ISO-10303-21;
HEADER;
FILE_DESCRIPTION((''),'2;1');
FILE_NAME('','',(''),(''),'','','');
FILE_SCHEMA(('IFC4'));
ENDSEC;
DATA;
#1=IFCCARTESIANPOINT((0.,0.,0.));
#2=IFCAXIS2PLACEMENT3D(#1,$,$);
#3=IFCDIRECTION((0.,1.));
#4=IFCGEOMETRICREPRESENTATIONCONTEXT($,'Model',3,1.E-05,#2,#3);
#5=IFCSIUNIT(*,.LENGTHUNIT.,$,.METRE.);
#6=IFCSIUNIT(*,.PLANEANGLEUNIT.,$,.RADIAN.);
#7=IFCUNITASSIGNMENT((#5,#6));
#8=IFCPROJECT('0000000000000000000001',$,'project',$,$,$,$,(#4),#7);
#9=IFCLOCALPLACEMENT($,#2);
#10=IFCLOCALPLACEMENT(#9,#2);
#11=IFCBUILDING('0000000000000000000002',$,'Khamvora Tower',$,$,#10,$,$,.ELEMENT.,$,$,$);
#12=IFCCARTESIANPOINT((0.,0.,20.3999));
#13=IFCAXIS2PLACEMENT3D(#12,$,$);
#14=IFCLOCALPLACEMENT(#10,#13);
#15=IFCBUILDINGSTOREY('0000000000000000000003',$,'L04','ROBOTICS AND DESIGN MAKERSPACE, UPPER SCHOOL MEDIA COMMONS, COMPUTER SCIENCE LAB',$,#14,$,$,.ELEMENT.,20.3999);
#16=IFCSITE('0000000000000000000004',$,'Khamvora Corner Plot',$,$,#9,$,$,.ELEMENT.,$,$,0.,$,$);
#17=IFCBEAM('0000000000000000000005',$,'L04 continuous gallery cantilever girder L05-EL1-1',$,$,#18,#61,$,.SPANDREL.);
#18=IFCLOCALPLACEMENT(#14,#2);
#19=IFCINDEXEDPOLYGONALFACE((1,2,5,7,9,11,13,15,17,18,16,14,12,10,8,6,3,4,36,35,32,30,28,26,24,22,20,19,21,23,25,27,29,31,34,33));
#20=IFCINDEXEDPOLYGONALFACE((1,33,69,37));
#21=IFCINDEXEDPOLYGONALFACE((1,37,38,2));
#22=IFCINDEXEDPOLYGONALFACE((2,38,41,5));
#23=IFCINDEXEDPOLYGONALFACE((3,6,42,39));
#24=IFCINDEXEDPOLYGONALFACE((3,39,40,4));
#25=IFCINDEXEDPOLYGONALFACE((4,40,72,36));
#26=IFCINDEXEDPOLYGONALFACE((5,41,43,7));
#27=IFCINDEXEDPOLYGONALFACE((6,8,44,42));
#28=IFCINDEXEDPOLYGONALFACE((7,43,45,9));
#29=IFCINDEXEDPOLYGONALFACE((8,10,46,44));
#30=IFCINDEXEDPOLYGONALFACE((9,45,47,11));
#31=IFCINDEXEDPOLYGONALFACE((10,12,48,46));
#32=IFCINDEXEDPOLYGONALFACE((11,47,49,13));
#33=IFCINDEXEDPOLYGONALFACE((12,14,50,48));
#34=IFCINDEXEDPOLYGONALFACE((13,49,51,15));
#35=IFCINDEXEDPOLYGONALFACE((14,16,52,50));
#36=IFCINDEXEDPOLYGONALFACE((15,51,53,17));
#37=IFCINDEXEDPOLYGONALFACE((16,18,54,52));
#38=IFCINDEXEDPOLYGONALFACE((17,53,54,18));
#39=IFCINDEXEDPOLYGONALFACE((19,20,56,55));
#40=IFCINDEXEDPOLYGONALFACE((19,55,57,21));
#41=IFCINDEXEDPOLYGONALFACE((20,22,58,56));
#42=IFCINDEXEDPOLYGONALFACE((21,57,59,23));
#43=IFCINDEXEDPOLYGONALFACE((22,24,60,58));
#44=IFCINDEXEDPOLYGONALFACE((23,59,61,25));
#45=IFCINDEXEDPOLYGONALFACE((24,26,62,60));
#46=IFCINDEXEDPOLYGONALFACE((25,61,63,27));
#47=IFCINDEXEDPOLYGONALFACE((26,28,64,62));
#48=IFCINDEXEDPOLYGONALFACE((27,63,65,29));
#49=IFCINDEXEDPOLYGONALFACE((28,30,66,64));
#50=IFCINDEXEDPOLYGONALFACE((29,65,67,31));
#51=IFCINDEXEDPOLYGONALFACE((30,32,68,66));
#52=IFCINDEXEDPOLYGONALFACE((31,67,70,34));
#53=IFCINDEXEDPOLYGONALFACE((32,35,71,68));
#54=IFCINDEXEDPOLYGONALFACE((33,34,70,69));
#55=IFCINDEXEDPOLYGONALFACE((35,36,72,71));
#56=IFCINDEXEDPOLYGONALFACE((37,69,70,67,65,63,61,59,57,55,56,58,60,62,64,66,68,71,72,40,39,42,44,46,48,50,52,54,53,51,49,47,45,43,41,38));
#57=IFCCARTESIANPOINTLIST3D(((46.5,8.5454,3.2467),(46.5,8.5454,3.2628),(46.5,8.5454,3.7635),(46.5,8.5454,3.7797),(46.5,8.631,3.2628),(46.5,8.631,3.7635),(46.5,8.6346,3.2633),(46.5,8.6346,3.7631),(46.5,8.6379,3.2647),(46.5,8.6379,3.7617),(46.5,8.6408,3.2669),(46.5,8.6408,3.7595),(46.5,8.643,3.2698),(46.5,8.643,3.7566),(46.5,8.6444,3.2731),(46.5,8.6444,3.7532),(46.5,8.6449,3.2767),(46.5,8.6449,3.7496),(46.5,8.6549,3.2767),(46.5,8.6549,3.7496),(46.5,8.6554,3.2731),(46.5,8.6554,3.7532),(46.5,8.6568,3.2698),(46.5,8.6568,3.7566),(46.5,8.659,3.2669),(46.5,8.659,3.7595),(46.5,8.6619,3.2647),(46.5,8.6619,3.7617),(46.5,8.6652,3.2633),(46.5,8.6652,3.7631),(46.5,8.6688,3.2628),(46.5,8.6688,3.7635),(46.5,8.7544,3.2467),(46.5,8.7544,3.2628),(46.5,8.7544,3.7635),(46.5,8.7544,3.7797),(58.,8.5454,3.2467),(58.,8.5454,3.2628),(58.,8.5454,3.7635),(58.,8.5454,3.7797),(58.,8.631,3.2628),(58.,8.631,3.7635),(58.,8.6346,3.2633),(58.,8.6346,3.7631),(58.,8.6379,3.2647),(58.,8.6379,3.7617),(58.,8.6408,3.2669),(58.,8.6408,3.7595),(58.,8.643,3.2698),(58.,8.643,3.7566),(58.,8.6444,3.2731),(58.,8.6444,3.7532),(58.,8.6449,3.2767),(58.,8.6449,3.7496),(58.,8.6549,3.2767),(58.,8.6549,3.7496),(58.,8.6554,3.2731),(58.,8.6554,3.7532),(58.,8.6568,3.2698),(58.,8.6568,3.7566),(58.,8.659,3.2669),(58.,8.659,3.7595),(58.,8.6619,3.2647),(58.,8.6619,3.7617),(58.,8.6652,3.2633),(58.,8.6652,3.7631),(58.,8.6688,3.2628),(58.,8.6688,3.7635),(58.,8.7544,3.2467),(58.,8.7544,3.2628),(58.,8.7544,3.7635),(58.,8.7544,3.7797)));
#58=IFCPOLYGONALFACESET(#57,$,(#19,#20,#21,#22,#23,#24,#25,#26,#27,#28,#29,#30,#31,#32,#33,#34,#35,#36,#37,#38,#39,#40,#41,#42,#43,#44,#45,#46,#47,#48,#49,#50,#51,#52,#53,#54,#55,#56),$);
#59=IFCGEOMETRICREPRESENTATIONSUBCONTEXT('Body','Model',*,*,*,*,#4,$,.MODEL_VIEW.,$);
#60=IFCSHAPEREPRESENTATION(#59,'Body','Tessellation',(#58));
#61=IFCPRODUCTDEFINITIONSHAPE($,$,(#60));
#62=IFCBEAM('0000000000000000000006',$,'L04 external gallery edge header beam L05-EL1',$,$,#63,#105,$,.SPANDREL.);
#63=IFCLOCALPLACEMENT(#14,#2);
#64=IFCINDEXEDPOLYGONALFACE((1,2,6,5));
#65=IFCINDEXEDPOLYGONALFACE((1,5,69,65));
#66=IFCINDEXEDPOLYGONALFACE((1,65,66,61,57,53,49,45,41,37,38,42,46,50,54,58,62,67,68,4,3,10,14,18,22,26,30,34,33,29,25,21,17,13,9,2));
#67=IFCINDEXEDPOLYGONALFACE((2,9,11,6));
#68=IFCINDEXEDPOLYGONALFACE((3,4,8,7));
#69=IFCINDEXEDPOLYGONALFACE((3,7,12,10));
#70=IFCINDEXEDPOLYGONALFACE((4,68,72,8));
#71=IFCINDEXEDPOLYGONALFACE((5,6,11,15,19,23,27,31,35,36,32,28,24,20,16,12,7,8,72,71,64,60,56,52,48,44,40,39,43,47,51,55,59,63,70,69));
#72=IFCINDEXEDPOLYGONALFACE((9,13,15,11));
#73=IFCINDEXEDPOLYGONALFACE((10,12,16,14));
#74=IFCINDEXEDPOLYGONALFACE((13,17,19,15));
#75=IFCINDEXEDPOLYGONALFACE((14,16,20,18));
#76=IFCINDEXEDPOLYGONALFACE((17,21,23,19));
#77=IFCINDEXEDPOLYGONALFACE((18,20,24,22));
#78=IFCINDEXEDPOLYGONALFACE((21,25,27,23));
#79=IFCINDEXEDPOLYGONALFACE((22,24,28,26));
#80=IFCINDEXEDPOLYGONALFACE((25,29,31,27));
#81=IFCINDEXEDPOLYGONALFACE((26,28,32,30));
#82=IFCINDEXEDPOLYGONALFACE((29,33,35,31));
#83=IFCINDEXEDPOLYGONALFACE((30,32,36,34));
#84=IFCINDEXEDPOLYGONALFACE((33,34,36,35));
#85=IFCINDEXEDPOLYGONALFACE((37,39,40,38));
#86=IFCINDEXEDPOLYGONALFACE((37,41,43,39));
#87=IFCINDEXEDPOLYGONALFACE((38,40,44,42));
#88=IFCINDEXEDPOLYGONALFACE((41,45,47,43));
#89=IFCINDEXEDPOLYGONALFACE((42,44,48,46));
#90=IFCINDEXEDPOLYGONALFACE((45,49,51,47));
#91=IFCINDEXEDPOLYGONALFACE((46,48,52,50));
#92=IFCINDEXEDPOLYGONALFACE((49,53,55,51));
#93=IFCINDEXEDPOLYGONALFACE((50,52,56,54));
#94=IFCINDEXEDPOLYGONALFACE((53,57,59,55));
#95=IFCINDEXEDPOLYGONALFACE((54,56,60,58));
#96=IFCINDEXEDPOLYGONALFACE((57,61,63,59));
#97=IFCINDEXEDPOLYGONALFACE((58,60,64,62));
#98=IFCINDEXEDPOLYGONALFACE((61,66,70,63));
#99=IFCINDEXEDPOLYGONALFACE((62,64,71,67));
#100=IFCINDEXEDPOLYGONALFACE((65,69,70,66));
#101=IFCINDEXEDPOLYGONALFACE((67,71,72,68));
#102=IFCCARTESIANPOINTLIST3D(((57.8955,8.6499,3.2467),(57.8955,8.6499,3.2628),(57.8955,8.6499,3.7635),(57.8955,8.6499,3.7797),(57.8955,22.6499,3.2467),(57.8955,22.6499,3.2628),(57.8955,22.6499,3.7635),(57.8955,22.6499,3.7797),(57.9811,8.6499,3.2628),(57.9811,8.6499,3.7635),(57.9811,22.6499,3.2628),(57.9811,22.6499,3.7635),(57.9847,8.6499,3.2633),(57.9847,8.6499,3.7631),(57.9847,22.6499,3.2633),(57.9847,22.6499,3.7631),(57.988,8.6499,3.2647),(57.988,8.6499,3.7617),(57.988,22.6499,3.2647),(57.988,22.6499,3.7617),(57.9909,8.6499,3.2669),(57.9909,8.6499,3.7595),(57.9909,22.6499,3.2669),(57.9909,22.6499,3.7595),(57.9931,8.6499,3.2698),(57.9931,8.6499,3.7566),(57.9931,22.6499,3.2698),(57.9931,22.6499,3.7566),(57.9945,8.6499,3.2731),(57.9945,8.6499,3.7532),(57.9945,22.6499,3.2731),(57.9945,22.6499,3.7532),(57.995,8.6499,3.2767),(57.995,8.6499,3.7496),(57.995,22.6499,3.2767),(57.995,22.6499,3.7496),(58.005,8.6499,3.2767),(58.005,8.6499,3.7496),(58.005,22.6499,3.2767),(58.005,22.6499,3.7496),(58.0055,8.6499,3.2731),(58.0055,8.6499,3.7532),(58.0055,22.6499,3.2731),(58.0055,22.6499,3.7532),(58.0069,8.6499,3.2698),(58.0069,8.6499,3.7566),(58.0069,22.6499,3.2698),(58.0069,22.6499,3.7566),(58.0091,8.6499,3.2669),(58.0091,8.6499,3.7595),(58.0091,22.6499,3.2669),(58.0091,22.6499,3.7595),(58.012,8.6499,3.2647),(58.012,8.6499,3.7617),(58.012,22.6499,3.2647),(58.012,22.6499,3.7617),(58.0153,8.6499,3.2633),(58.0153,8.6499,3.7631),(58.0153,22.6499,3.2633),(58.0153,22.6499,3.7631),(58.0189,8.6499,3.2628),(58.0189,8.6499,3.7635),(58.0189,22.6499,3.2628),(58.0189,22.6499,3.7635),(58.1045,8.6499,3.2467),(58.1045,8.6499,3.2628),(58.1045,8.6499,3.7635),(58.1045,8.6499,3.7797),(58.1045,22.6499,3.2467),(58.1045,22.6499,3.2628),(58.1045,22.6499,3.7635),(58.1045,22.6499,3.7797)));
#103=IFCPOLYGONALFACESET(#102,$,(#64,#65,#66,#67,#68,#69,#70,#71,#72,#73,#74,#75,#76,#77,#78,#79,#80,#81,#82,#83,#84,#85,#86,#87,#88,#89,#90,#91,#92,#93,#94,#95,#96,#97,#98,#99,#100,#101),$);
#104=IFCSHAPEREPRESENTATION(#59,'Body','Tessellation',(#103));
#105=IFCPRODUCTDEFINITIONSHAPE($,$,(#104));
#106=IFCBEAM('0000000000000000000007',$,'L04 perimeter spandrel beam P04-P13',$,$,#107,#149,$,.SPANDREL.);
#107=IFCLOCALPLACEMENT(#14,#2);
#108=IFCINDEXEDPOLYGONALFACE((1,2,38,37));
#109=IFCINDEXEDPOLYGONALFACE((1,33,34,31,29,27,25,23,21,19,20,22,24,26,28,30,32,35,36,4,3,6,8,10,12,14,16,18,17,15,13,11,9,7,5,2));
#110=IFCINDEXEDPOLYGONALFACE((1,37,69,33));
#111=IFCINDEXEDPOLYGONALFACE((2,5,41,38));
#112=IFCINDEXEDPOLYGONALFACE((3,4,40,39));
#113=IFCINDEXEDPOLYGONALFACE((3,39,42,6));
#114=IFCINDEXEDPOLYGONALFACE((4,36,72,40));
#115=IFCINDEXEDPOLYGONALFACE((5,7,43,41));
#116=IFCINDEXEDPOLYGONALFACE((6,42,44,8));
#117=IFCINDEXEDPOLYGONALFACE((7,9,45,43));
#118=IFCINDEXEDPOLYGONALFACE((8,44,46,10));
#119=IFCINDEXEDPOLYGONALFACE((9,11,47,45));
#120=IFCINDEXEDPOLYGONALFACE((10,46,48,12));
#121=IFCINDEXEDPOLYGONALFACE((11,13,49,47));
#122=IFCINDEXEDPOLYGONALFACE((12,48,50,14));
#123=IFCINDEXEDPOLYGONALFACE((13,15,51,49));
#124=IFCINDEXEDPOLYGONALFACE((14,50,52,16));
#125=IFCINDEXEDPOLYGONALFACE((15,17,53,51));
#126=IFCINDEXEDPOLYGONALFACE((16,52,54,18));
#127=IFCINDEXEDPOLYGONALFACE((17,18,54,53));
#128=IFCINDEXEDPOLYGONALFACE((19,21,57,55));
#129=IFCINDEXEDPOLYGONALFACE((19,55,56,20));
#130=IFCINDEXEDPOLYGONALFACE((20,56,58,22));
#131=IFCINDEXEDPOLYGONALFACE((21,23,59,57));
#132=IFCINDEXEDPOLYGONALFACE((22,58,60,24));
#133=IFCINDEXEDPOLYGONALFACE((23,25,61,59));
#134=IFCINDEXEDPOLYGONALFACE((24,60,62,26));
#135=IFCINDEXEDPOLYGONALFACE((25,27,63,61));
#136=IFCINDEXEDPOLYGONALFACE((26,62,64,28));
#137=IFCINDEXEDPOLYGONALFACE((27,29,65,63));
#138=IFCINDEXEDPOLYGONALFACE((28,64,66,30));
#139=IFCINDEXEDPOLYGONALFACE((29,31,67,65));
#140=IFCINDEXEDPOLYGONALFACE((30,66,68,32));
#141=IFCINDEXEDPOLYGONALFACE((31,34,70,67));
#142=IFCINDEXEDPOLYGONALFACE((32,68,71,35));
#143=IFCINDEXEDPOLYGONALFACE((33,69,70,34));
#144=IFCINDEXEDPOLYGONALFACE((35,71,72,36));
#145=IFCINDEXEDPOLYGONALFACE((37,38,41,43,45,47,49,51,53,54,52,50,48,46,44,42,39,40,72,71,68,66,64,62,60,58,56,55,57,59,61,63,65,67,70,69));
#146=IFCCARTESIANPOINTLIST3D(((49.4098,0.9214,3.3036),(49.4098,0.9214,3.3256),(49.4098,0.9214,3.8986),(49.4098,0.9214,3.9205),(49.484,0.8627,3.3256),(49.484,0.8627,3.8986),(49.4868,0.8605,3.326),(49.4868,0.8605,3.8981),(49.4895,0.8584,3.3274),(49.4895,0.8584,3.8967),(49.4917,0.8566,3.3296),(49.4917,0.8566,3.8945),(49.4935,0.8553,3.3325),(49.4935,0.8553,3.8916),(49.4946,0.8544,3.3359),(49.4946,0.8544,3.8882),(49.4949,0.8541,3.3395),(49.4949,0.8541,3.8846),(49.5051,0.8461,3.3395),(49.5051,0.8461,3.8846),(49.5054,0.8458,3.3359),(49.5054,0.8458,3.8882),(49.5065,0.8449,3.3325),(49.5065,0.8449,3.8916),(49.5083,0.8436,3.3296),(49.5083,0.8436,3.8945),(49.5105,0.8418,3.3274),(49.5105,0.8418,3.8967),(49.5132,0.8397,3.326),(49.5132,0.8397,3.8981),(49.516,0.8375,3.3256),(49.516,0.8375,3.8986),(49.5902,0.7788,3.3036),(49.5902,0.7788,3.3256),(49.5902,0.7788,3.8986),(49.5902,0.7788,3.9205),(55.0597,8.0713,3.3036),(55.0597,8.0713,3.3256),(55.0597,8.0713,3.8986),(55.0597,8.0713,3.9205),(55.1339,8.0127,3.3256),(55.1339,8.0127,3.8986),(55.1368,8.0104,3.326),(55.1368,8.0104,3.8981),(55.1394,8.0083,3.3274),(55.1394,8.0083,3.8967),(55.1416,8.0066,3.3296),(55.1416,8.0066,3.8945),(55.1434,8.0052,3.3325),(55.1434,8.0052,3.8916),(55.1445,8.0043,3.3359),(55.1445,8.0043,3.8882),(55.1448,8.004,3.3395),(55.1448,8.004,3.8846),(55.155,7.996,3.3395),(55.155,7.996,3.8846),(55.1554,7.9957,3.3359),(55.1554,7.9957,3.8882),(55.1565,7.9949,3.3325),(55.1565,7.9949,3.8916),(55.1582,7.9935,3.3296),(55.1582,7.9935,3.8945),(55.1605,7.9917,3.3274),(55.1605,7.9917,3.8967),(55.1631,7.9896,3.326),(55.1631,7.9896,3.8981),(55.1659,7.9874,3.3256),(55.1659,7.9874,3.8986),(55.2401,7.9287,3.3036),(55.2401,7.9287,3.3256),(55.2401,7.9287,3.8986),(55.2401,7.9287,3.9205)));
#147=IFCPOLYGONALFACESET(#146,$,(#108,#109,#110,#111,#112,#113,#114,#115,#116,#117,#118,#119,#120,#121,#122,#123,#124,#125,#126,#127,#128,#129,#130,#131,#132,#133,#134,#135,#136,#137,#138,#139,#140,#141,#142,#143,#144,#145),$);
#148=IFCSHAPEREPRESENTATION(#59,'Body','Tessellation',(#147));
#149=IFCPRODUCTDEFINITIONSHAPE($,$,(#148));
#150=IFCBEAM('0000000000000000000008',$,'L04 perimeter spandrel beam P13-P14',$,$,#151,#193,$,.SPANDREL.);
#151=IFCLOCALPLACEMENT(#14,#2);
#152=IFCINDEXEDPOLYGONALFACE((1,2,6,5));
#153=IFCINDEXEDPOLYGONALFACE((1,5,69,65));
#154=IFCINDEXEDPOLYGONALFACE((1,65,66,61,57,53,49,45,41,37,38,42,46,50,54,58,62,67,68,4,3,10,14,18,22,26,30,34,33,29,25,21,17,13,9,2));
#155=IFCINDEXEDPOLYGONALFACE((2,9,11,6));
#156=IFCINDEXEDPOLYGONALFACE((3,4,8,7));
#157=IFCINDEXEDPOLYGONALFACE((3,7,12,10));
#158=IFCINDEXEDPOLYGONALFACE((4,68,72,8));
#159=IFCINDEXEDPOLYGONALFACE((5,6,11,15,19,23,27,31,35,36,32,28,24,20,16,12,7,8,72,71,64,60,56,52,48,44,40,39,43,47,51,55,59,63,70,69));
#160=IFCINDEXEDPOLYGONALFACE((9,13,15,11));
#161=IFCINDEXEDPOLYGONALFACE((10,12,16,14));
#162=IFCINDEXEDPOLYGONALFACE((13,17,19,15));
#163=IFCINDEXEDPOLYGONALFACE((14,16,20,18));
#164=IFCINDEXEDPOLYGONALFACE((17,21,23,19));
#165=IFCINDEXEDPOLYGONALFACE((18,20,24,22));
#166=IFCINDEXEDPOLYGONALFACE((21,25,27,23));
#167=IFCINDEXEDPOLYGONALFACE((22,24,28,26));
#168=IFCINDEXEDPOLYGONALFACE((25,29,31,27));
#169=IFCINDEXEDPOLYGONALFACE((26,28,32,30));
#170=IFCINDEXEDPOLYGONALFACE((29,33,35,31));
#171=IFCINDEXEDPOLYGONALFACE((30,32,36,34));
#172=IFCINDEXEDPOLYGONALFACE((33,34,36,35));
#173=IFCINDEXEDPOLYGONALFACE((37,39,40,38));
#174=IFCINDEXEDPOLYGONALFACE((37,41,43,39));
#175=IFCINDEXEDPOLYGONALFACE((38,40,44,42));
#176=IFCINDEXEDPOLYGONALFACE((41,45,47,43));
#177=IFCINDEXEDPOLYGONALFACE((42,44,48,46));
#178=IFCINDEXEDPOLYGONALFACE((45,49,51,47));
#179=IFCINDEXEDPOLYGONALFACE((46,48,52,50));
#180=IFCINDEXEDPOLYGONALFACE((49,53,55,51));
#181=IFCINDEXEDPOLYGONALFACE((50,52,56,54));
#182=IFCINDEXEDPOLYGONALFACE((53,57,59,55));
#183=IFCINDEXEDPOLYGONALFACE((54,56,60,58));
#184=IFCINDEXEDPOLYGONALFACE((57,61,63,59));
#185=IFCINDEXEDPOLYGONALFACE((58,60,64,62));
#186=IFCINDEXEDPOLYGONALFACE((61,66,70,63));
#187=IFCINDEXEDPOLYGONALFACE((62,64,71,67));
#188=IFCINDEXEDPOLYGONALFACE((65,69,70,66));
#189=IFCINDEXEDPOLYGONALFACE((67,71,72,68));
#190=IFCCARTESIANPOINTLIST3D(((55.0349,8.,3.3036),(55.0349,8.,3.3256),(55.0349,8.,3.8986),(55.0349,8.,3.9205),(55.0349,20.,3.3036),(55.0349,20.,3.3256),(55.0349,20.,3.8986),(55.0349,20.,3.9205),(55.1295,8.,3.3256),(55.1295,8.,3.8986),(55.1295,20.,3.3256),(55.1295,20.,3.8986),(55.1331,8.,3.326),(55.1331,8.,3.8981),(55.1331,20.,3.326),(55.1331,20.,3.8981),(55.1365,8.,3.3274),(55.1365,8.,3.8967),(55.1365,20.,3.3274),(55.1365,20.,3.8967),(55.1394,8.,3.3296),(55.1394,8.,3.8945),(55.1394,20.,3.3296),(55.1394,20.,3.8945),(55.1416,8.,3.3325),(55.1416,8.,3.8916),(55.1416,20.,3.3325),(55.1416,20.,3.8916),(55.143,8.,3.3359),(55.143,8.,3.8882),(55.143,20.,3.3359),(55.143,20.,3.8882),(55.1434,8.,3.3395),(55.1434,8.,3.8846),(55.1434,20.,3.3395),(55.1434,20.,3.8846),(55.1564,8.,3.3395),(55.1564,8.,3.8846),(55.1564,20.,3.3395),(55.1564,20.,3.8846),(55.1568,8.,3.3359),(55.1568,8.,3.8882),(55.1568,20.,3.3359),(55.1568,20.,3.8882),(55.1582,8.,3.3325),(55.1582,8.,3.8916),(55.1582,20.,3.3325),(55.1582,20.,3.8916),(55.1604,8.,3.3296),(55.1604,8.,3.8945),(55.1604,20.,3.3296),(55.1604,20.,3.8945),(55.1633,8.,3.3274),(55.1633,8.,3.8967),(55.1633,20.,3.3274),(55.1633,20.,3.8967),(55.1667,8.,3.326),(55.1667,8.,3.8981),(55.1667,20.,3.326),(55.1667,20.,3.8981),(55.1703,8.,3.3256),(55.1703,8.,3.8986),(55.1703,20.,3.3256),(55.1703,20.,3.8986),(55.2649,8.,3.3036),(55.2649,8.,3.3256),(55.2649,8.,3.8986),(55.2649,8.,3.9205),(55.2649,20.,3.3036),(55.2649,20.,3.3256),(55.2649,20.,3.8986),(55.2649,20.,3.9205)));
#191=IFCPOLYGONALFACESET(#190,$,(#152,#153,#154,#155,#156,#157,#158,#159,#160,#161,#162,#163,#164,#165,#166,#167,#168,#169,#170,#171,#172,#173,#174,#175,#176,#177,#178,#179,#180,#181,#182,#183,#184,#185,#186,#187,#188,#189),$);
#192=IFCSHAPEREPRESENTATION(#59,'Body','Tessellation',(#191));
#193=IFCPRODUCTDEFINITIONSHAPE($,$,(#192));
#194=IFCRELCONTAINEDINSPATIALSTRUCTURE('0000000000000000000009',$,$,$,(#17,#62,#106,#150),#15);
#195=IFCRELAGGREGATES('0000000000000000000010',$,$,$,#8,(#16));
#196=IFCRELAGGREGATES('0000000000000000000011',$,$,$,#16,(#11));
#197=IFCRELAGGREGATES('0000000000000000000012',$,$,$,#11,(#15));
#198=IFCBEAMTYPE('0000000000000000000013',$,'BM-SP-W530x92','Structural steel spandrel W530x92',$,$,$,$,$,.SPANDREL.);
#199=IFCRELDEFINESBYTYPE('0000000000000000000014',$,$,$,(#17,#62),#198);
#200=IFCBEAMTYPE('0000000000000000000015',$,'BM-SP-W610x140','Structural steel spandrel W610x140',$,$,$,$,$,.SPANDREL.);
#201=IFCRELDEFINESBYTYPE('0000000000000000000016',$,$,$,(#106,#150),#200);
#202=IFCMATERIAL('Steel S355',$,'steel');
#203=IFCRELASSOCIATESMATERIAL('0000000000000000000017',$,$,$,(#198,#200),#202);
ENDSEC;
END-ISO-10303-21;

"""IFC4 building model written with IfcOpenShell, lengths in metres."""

from ifc_helpers import new_model, si_unit, direction, frame, origin, origin_2d, place, context, subcontext, project, spatial, i_section, extrude, material, material_profile, profile_set, type_object, element, save


model = new_model("IFC4")

# Units and contexts
model_context = context("Model", 3, precision=1e-05, world=origin(), true_north=direction((0.0, 1.0)))
body_context = subcontext(model_context, "Body", "Model", "MODEL_VIEW")
ifc_project = project(units=[si_unit("LENGTHUNIT", "METRE"), si_unit("PLANEANGLEUNIT", "RADIAN")], contexts=[model_context])

# Site, building, storey
site_placement = place(None, origin())
site = spatial("IfcSite", under=ifc_project, at=site_placement, Name="Khamvora Corner Plot", CompositionType="ELEMENT", RefElevation=0.0)
building_placement = place(site_placement, origin())
building = spatial("IfcBuilding", under=site, at=building_placement, Name="Khamvora Tower", CompositionType="ELEMENT")
storey_placement = place(building_placement, frame((0.0, 0.0, 20.3999)))
storey = spatial("IfcBuildingStorey", under=building, at=storey_placement, Name="L04", Description="ROBOTICS AND DESIGN MAKERSPACE, UPPER SCHOOL MEDIA COMMONS, COMPUTER SCIENCE LAB", CompositionType="ELEMENT", Elevation=20.3999)

# Beams
ifc_material_1 = material(Name="Steel S355", Category="steel")
ifc_material_profile_1 = material_profile(ifc_material_1, i_section(OverallWidth=0.209, OverallDepth=0.533, WebThickness=0.01, FlangeThickness=0.0161, FilletRadius=0.0139, at=origin_2d()), Name="W530x92")
ifc_profile_set_1 = profile_set([ifc_material_profile_1], Name="Steel S355")
beam_type_1 = type_object("IfcBeamType", Name="BM-SP-W530x92", Description="Structural steel spandrel W530x92", PredefinedType="SPANDREL", material=ifc_profile_set_1)
beam_1_placement = place(storey_placement, frame((46.5, 8.6499, 3.5132), z_axis=(1.0, 0.0, 0.0), x_axis=(0.0, 1.0, 0.0)))
element("IfcBeam", 1, at=beam_1_placement, inside=storey, type_object=beam_type_1, Name="L04 continuous gallery cantilever girder L05-EL1-1", PredefinedType="SPANDREL", context=body_context, shape_type="SweptSolid", body=[
    extrude(i_section(OverallWidth=0.209, OverallDepth=0.533, WebThickness=0.01, FlangeThickness=0.0161, FilletRadius=0.0139, at=origin_2d()), origin(), (0.0, 0.0, 1.0), 11.5),
])
beam_2_placement = place(storey_placement, frame((58.0, 8.6499, 3.5132), z_axis=(0.0, 1.0, 0.0), x_axis=(-1.0, 0.0, 0.0)))
element("IfcBeam", 2, at=beam_2_placement, inside=storey, type_object=beam_type_1, Name="L04 external gallery edge header beam L05-EL1", PredefinedType="SPANDREL", context=body_context, shape_type="SweptSolid", body=[
    extrude(i_section(OverallWidth=0.209, OverallDepth=0.533, WebThickness=0.01, FlangeThickness=0.0161, FilletRadius=0.0139, at=origin_2d()), origin(), (0.0, 0.0, 1.0), 14.0),
])
ifc_material_profile_2 = material_profile(ifc_material_1, i_section(OverallWidth=0.23, OverallDepth=0.6169, WebThickness=0.0129, FlangeThickness=0.022, FilletRadius=0.0139, at=origin_2d()), Name="W610x140")
ifc_profile_set_2 = profile_set([ifc_material_profile_2], Name="Steel S355")
beam_type_2 = type_object("IfcBeamType", Name="BM-SP-W610x140", Description="Structural steel spandrel W610x140", PredefinedType="SPANDREL", material=ifc_profile_set_2)
beam_3_placement = place(storey_placement, frame((49.5, 0.8501, 3.6121), z_axis=(0.619999, 0.784603, 0.0), x_axis=(-0.784603, 0.619999, 0.0)))
element("IfcBeam", 3, at=beam_3_placement, inside=storey, type_object=beam_type_2, Name="L04 perimeter spandrel beam P04-P13", PredefinedType="SPANDREL", context=body_context, shape_type="SweptSolid", body=[
    extrude(i_section(OverallWidth=0.23, OverallDepth=0.6169, WebThickness=0.0129, FlangeThickness=0.022, FilletRadius=0.0139, at=origin_2d()), origin(), (0.0, 0.0, 1.0), 9.1128),
])
beam_4_placement = place(storey_placement, frame((55.1499, 8.0, 3.6121), z_axis=(0.0, 1.0, 0.0), x_axis=(-1.0, 0.0, 0.0)))
element("IfcBeam", 4, at=beam_4_placement, inside=storey, type_object=beam_type_2, Name="L04 perimeter spandrel beam P13-P14", PredefinedType="SPANDREL", context=body_context, shape_type="SweptSolid", body=[
    extrude(i_section(OverallWidth=0.23, OverallDepth=0.6169, WebThickness=0.0129, FlangeThickness=0.022, FilletRadius=0.0139, at=origin_2d()), origin(), (0.0, 0.0, 1.0), 12.0),
])

save(model, "model.ifc")
